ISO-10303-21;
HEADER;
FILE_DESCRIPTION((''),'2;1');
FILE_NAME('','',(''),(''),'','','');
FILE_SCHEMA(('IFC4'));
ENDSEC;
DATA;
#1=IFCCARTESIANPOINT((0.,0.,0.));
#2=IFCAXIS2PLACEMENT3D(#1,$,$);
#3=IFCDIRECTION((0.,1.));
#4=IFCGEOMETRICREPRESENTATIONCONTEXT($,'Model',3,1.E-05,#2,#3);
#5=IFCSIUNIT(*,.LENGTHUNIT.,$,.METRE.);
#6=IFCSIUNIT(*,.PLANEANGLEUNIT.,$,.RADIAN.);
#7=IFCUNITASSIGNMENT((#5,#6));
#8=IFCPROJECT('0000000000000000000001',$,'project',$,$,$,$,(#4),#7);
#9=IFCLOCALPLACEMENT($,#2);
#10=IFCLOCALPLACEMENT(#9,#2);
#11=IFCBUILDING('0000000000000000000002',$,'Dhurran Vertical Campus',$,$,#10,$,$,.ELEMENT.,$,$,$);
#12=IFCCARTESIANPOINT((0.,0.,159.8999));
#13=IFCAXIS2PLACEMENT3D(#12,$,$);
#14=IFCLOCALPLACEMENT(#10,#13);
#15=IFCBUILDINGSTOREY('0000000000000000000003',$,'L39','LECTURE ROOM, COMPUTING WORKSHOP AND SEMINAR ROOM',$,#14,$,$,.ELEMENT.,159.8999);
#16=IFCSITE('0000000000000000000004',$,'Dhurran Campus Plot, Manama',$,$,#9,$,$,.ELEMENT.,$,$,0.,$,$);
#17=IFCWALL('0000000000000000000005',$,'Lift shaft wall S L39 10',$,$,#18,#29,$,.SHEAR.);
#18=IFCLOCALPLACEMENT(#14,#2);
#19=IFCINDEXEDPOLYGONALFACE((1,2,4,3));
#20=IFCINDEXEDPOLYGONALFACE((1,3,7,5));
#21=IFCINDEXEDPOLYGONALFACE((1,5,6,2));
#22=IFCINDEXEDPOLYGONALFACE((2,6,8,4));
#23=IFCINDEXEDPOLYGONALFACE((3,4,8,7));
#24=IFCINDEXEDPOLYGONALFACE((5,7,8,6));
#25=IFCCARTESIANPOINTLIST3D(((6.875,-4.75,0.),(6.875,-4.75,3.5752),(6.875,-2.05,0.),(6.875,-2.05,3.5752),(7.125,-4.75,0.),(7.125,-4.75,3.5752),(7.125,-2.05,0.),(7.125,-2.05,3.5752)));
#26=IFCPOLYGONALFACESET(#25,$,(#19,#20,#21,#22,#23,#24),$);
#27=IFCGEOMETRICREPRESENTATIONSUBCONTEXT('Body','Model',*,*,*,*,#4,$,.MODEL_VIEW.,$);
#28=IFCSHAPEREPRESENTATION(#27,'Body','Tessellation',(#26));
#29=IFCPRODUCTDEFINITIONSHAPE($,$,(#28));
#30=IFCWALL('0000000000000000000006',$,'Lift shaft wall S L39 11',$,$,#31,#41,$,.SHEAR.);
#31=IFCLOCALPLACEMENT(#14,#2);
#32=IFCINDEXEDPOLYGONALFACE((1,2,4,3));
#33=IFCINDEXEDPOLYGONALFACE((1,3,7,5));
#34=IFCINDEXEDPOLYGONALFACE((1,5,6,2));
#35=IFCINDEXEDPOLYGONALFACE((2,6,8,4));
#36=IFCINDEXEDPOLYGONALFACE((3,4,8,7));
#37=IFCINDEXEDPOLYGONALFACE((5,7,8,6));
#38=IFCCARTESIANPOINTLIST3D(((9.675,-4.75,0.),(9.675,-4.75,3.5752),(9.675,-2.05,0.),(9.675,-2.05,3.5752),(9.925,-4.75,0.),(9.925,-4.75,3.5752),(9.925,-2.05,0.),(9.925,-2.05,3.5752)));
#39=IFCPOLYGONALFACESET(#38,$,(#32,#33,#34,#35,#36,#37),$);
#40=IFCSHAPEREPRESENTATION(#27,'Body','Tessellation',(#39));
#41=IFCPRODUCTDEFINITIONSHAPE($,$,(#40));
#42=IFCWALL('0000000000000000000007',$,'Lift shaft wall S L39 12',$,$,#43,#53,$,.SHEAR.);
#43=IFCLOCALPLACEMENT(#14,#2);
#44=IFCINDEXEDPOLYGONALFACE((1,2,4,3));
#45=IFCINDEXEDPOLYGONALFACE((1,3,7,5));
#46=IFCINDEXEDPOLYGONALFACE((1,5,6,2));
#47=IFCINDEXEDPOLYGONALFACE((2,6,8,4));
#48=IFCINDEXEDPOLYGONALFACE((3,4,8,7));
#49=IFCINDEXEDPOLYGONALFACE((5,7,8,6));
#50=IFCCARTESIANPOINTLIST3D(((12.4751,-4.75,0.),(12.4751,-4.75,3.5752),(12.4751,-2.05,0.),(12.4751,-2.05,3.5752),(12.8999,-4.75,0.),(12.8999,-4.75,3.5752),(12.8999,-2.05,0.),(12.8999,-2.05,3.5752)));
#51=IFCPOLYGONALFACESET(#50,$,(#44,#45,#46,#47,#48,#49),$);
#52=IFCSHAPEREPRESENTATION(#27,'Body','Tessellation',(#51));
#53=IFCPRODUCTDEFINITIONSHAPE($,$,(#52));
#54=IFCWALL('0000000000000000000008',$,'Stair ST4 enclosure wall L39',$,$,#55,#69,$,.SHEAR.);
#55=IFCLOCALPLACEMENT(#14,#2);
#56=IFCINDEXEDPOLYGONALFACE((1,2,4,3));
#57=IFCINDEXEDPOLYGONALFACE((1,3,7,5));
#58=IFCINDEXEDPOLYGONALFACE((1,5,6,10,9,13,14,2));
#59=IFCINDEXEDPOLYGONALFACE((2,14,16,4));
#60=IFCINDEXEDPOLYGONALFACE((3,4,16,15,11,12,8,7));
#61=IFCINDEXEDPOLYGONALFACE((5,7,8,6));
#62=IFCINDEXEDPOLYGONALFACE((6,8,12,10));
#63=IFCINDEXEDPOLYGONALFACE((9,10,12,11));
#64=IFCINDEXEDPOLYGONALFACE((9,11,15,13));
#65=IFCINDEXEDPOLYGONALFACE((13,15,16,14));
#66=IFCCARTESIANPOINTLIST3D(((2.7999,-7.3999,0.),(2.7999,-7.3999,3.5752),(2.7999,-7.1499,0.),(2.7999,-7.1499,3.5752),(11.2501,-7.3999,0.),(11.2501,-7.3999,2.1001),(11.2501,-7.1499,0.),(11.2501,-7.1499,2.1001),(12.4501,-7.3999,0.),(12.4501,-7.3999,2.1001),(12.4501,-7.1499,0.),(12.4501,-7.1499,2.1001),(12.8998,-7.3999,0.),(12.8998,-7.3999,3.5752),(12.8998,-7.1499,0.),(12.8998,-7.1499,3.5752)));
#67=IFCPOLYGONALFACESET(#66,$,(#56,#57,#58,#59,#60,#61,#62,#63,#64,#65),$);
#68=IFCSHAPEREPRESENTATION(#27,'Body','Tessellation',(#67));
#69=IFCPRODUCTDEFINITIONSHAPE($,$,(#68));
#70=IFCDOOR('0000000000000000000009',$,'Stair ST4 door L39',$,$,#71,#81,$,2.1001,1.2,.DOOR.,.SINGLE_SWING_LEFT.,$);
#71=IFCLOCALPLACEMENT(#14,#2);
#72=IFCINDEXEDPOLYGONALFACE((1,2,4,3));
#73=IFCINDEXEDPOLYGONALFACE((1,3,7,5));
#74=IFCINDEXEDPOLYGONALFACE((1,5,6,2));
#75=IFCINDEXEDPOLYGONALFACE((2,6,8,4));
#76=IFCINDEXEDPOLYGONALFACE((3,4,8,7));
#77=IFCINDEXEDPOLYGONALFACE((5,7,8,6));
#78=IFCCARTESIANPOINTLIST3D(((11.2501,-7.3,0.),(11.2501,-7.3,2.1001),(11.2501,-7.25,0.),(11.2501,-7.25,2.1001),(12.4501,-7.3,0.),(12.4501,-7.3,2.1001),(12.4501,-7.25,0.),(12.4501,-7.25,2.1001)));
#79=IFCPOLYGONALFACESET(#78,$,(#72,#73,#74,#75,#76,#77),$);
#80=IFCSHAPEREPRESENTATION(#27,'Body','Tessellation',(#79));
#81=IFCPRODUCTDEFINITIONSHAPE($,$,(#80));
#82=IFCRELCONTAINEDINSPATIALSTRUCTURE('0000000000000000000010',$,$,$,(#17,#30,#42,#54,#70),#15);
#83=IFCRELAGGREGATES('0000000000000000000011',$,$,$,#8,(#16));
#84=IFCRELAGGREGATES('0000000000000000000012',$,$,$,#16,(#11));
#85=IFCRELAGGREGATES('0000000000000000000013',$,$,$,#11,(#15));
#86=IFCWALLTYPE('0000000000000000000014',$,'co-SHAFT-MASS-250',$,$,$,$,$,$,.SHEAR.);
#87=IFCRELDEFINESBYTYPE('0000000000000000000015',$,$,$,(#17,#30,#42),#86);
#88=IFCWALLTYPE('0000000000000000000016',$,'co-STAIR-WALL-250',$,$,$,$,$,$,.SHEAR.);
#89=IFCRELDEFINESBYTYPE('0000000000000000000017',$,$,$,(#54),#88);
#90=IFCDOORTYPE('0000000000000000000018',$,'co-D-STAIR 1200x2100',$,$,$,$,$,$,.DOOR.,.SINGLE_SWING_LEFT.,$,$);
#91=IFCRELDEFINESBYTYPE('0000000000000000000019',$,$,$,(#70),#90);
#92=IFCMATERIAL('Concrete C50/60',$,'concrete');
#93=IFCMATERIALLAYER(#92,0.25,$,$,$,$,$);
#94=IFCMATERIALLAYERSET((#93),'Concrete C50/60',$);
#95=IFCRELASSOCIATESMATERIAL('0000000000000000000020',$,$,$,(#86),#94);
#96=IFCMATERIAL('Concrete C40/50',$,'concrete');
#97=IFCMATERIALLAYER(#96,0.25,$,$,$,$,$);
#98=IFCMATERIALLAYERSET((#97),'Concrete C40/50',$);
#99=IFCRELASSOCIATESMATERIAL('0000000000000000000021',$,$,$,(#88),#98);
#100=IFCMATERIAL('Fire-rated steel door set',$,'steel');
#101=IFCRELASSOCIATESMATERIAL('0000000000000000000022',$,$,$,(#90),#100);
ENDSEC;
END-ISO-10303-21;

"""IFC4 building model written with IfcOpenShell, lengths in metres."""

from ifc_helpers import new_model, si_unit, direction, frame, frame_2d, origin, place, context, subcontext, project, spatial, polyline, rectangle, outline, extrude, material, layer, layer_set, type_object, element, fill, save


model = new_model("IFC4")

# Units and contexts
model_context = context("Model", 3, precision=1e-05, world=origin(), true_north=direction((0.0, 1.0)))
body_context = subcontext(model_context, "Body", "Model", "MODEL_VIEW")
ifc_project = project(units=[si_unit("LENGTHUNIT", "METRE"), si_unit("PLANEANGLEUNIT", "RADIAN")], contexts=[model_context])

# Site, building, storey
site_placement = place(None, origin())
site = spatial("IfcSite", under=ifc_project, at=site_placement, Name="Dhurran Campus Plot, Manama", CompositionType="ELEMENT", RefElevation=0.0)
building_placement = place(site_placement, origin())
building = spatial("IfcBuilding", under=site, at=building_placement, Name="Dhurran Vertical Campus", CompositionType="ELEMENT")
storey_placement = place(building_placement, frame((0.0, 0.0, 159.8999)))
storey = spatial("IfcBuildingStorey", under=building, at=storey_placement, Name="L39", Description="LECTURE ROOM, COMPUTING WORKSHOP AND SEMINAR ROOM", CompositionType="ELEMENT", Elevation=159.8999)

# Walls
ifc_material_1 = material(Name="Concrete C50/60", Category="concrete")
ifc_layer_1 = layer(ifc_material_1, 0.25)
ifc_layer_set_1 = layer_set([ifc_layer_1], Name="Concrete C50/60")
wall_type_1 = type_object("IfcWallType", Name="co-SHAFT-MASS-250", PredefinedType="SHEAR", material=ifc_layer_set_1)
wall_1_placement = place(storey_placement, origin())
element("IfcWall", 1, at=wall_1_placement, inside=storey, type_object=wall_type_1, Name="Lift shaft wall S L39 10", PredefinedType="SHEAR", context=body_context, shape_type="SweptSolid", body=[
    extrude(outline(polyline([(6.875, -4.75), (7.125, -4.75), (7.125, -2.05), (6.875, -2.05), (6.875, -4.75)])), origin(), (0.0, 0.0, 1.0), 3.5752),
])
wall_2_placement = place(storey_placement, origin())
element("IfcWall", 2, at=wall_2_placement, inside=storey, type_object=wall_type_1, Name="Lift shaft wall S L39 11", PredefinedType="SHEAR", context=body_context, shape_type="SweptSolid", body=[
    extrude(outline(polyline([(9.675, -4.75), (9.925, -4.75), (9.925, -2.05), (9.675, -2.05), (9.675, -4.75)])), origin(), (0.0, 0.0, 1.0), 3.5752),
])
wall_3_placement = place(storey_placement, origin())
element("IfcWall", 3, at=wall_3_placement, inside=storey, type_object=wall_type_1, Name="Lift shaft wall S L39 12", PredefinedType="SHEAR", context=body_context, shape_type="SweptSolid", body=[
    extrude(outline(polyline([(12.4751, -4.75), (12.8999, -4.75), (12.8999, -2.05), (12.4751, -2.05), (12.4751, -4.75)])), origin(), (0.0, 0.0, 1.0), 3.5752),
])

# Wall, opening, door
ifc_material_2 = material(Name="Concrete C40/50", Category="concrete")
ifc_layer_2 = layer(ifc_material_2, 0.25)
ifc_layer_set_2 = layer_set([ifc_layer_2], Name="Concrete C40/50")
wall_type_2 = type_object("IfcWallType", Name="co-STAIR-WALL-250", PredefinedType="SHEAR", material=ifc_layer_set_2)
wall_4_placement = place(storey_placement, frame((2.8, -7.2749, 0.0), z_axis=(0.0, 0.0, 1.0), x_axis=(1.0, 0.0, 0.0)))
wall_4 = element("IfcWall", 4, at=wall_4_placement, inside=storey, type_object=wall_type_2, Name="Stair ST4 enclosure wall L39", PredefinedType="SHEAR", context=body_context, shape_type="SweptSolid", body=[
    extrude(rectangle(XDim=10.0999, YDim=0.25, at=frame_2d((5.0498, 0.0))), origin(), (0.0, 0.0, 1.0), 3.5752),
])
opening_1_placement = place(wall_4_placement, frame((8.45, 0.0, 0.0)))
opening_1 = element("IfcOpeningElement", 5, at=opening_1_placement, cuts=wall_4, PredefinedType="OPENING", context=body_context, shape_type="SweptSolid", body=[
    extrude(rectangle(XDim=1.2, YDim=2.1001, at=frame_2d((0.6001, 1.05))), frame((0.0, 0.135, 0.0), z_axis=(0.0, -1.0, 0.0), x_axis=(1.0, 0.0, 0.0)), (0.0, 0.0, 1.0), 0.27),
])
ifc_material_3 = material(Name="Fire-rated steel door set", Category="steel")
door_type_1 = type_object("IfcDoorType", Name="co-D-STAIR 1200x2100", OperationType="SINGLE_SWING_LEFT", PredefinedType="DOOR", material=ifc_material_3)
door_1_placement = place(opening_1_placement, origin())
door_1 = element("IfcDoor", 6, at=door_1_placement, inside=storey, type_object=door_type_1, Name="Stair ST4 door L39", OperationType="SINGLE_SWING_LEFT", OverallHeight=2.1001, OverallWidth=1.2, PredefinedType="DOOR", context=body_context, shape_type="SweptSolid", body=[
    extrude(rectangle(XDim=1.2, YDim=2.1001, at=frame_2d((0.6001, 1.05))), frame((0.0, 0.0249, 0.0), z_axis=(0.0, -1.0, 0.0), x_axis=(1.0, 0.0, 0.0)), (0.0, 0.0, 1.0), 0.05),
])
fill(opening_1, door_1)

save(model, "model.ifc")
